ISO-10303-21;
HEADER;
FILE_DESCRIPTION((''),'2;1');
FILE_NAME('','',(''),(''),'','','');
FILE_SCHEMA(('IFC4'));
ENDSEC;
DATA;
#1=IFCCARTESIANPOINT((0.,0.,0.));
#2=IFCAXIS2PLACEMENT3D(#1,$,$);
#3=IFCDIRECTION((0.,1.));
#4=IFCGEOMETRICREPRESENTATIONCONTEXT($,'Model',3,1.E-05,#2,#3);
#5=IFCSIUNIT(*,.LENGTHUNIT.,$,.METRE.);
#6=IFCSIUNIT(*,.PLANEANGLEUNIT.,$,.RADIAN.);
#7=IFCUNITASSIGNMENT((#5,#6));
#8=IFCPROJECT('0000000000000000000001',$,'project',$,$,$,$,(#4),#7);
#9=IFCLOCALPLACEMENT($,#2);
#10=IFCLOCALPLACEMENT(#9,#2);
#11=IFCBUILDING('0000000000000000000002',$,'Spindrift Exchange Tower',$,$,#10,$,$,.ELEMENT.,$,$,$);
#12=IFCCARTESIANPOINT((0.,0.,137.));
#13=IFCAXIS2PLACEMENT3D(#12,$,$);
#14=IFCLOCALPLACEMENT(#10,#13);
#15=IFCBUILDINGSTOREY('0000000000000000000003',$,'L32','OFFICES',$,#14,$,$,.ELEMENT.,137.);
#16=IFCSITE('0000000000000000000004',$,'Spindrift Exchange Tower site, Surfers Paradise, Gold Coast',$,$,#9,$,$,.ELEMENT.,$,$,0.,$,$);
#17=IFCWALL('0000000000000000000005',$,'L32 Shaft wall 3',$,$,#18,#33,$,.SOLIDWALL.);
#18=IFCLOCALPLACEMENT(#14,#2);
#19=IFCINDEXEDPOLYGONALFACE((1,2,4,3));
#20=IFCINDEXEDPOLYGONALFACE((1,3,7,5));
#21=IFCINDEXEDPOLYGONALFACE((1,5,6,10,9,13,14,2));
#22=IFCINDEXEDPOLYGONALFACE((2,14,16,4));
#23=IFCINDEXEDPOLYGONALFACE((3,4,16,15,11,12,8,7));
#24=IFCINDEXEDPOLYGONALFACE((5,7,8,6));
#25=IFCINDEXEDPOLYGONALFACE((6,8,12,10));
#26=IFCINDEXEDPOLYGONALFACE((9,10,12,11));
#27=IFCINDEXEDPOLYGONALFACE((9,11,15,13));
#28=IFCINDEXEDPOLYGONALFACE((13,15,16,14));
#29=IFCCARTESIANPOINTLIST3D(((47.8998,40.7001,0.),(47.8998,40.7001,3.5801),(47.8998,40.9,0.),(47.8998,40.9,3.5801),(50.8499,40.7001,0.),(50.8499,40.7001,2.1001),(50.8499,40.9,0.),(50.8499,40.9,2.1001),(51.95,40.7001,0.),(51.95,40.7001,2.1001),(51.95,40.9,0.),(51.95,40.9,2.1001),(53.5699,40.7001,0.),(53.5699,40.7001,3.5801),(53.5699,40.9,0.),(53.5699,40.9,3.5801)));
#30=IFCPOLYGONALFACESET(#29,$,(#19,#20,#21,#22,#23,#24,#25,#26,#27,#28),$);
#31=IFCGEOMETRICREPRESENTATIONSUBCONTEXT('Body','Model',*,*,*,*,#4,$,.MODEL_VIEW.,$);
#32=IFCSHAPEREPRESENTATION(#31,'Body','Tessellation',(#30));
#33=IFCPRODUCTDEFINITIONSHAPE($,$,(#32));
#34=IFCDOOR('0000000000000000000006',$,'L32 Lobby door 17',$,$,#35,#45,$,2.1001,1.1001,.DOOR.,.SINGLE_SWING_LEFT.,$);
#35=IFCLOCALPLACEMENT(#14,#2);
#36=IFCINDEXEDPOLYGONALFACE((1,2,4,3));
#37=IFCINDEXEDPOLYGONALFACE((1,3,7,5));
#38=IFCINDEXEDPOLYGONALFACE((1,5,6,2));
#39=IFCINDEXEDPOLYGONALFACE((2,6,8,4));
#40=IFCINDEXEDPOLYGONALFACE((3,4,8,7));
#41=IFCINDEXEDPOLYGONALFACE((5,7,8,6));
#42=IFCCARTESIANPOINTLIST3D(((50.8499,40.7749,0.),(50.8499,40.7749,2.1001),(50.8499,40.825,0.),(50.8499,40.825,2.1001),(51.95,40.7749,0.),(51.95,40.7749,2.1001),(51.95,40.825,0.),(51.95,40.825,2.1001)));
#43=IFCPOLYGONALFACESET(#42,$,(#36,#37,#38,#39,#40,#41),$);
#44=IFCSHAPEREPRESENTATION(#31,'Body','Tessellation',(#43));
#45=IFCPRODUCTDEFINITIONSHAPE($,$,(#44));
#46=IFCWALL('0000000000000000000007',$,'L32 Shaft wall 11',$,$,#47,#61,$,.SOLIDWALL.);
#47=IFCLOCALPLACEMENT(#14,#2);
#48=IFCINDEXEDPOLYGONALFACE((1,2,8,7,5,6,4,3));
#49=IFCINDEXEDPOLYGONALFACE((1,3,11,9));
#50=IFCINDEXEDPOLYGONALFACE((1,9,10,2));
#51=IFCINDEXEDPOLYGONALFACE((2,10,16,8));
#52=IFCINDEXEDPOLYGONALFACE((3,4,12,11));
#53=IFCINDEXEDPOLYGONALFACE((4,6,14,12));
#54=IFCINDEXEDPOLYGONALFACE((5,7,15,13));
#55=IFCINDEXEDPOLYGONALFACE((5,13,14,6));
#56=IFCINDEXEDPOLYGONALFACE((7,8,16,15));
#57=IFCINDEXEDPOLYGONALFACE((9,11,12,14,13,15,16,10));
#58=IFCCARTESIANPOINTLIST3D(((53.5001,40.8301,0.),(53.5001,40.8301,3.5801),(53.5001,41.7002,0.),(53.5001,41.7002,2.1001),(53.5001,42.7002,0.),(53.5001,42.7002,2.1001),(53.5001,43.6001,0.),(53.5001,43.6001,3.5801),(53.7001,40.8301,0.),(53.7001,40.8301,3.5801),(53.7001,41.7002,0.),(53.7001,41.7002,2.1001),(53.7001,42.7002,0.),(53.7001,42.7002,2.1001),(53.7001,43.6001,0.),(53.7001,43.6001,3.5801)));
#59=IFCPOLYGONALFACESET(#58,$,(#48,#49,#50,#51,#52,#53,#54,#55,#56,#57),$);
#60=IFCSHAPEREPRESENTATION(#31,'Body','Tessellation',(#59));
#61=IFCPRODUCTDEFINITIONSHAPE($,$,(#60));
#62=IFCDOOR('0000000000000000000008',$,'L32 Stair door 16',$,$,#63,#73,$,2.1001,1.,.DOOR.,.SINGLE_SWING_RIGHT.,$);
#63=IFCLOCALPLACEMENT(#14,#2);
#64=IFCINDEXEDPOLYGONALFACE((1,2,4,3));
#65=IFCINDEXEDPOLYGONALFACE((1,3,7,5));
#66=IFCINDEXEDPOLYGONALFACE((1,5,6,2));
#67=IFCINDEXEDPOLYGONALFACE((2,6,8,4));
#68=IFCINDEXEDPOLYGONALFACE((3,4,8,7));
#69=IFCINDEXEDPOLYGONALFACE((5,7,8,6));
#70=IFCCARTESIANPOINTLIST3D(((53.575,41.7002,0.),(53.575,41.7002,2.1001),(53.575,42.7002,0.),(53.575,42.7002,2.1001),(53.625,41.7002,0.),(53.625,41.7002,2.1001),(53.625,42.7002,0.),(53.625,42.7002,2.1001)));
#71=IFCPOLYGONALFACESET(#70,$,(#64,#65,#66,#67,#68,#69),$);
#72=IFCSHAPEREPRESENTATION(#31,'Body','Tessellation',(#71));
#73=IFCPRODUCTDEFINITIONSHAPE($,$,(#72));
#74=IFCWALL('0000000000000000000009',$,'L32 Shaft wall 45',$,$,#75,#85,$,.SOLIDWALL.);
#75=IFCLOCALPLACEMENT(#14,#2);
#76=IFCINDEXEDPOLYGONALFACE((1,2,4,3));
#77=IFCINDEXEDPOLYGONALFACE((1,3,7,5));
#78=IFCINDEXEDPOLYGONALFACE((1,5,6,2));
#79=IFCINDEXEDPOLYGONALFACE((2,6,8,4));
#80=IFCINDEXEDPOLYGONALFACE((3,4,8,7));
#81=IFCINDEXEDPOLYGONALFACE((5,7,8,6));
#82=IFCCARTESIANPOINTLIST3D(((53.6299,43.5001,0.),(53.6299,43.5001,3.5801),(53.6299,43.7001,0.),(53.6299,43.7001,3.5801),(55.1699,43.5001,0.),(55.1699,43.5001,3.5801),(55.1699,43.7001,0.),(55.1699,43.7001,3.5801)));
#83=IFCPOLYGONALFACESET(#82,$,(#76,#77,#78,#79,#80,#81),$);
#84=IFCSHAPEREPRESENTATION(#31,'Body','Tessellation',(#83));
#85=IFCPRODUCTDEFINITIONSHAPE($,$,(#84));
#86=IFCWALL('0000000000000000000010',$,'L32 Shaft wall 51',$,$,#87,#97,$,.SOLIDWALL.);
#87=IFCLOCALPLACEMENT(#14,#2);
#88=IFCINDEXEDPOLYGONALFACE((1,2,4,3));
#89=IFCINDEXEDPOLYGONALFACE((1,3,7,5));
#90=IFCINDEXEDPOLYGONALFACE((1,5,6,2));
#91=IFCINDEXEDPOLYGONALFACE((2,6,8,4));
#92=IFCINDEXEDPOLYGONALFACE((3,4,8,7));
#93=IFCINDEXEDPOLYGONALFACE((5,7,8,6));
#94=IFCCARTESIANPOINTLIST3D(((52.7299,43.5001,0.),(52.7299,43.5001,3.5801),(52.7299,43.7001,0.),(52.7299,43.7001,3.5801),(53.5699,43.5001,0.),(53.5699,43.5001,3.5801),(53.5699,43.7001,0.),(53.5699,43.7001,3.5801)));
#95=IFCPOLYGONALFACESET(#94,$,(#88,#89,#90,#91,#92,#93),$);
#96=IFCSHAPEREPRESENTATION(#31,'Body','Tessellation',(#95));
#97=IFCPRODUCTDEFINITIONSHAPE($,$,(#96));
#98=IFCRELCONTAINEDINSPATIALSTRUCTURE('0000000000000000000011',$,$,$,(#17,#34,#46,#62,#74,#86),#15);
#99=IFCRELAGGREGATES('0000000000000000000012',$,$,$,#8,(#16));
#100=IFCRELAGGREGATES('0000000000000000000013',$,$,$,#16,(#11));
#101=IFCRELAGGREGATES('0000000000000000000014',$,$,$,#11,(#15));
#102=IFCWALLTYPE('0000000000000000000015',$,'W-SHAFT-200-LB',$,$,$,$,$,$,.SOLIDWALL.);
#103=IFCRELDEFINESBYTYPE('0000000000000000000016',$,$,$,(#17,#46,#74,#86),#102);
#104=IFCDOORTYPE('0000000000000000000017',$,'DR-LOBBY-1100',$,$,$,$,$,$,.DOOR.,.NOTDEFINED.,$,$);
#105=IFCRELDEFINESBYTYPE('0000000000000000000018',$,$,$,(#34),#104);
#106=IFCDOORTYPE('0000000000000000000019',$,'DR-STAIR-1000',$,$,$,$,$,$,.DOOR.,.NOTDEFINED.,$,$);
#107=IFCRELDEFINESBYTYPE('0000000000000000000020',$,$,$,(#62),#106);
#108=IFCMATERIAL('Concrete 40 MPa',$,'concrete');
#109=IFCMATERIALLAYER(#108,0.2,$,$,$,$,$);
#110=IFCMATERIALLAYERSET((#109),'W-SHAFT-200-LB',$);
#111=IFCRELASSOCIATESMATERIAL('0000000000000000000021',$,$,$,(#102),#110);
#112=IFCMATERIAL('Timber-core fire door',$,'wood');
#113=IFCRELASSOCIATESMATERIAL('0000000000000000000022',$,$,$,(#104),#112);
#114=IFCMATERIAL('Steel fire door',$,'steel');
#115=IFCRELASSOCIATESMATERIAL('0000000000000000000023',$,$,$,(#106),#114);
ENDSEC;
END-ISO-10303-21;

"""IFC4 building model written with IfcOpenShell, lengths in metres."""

from ifc_helpers import new_model, si_unit, direction, frame, frame_2d, origin, place, context, subcontext, project, spatial, rectangle, extrude, source, transform, mapped, material, layer, layer_set, type_object, element, fill, save


model = new_model("IFC4")

# Units and contexts
model_context = context("Model", 3, precision=1e-05, world=origin(), true_north=direction((0.0, 1.0)))
body_context = subcontext(model_context, "Body", "Model", "MODEL_VIEW")
ifc_project = project(units=[si_unit("LENGTHUNIT", "METRE"), si_unit("PLANEANGLEUNIT", "RADIAN")], contexts=[model_context])

# Site, building, storey
site_placement = place(None, origin())
site = spatial("IfcSite", under=ifc_project, at=site_placement, Name="Spindrift Exchange Tower site, Surfers Paradise, Gold Coast", CompositionType="ELEMENT", RefElevation=0.0)
building_placement = place(site_placement, origin())
building = spatial("IfcBuilding", under=site, at=building_placement, Name="Spindrift Exchange Tower", CompositionType="ELEMENT")
storey_placement = place(building_placement, frame((0.0, 0.0, 137.0)))
storey = spatial("IfcBuildingStorey", under=building, at=storey_placement, Name="L32", Description="OFFICES", CompositionType="ELEMENT", Elevation=137.0)

# Shared definitions
ifc_material_1 = material(Name="Concrete 40 MPa", Category="concrete")

# Walls, openings, doors
ifc_layer_1 = layer(ifc_material_1, 0.2)
ifc_layer_set_1 = layer_set([ifc_layer_1], Name="W-SHAFT-200-LB")
wall_type_1 = type_object("IfcWallType", Name="W-SHAFT-200-LB", PredefinedType="SOLIDWALL", material=ifc_layer_set_1)
ifc_material_2 = material(Name="Steel fire door", Category="steel")
wall_1_placement = place(storey_placement, frame((47.8999, 40.8, 0.0), z_axis=(0.0, 0.0, 1.0), x_axis=(1.0, 0.0, 0.0)))
wall_1 = element("IfcWall", 1, at=wall_1_placement, inside=storey, type_object=wall_type_1, Name="L32 Shaft wall 3", PredefinedType="SOLIDWALL", context=body_context, shape_type="SweptSolid", body=[
    extrude(rectangle(XDim=5.6702, YDim=0.2, at=frame_2d((2.835, 0.0))), origin(), (0.0, 0.0, 1.0), 3.5801),
])
opening_1_placement = place(wall_1_placement, frame((2.95, 0.0, 0.0)))
opening_1 = element("IfcOpeningElement", 2, at=opening_1_placement, cuts=wall_1, PredefinedType="OPENING", context=body_context, shape_type="SweptSolid", body=[
    extrude(rectangle(XDim=1.1001, YDim=2.1001, at=frame_2d((0.55, 1.05))), frame((0.0, 0.1099, 0.0), z_axis=(0.0, -1.0, 0.0), x_axis=(1.0, 0.0, 0.0)), (0.0, 0.0, 1.0), 0.22),
])
ifc_material_3 = material(Name="Timber-core fire door", Category="wood")
door_type_1 = type_object("IfcDoorType", Name="DR-LOBBY-1100", OperationType="NOTDEFINED", PredefinedType="DOOR", material=ifc_material_3)
shared_shape_1 = source(origin(), body_context, "Body", "SweptSolid", [
    extrude(rectangle(XDim=1.1001, YDim=2.1001, at=frame_2d((0.55, 1.05))), frame((0.0, 0.0249, 0.0), z_axis=(0.0, -1.0, 0.0), x_axis=(1.0, 0.0, 0.0)), (0.0, 0.0, 1.0), 0.05),
])
door_1_placement = place(opening_1_placement, origin())
door_1 = element("IfcDoor", 3, at=door_1_placement, inside=storey, type_object=door_type_1, Name="L32 Lobby door 17", OperationType="SINGLE_SWING_LEFT", OverallHeight=2.1001, OverallWidth=1.1001, PredefinedType="DOOR", context=body_context, shape_type="MappedRepresentation", body=[
    mapped(shared_shape_1, transform((0.0, 0.0, 0.0), scale=1.0)),
])
fill(opening_1, door_1)
wall_2_placement = place(storey_placement, frame((53.6001, 43.6001, 0.0), z_axis=(0.0, 0.0, 1.0), x_axis=(0.0, -1.0, 0.0)))
wall_2 = element("IfcWall", 4, at=wall_2_placement, inside=storey, type_object=wall_type_1, Name="L32 Shaft wall 11", PredefinedType="SOLIDWALL", context=body_context, shape_type="SweptSolid", body=[
    extrude(rectangle(XDim=2.77, YDim=0.2, at=frame_2d((1.385, 0.0))), origin(), (0.0, 0.0, 1.0), 3.5801),
])
opening_2_placement = place(wall_2_placement, frame((0.8999, 0.0, 0.0)))
opening_2 = element("IfcOpeningElement", 5, at=opening_2_placement, cuts=wall_2, PredefinedType="OPENING", context=body_context, shape_type="SweptSolid", body=[
    extrude(rectangle(XDim=1.0, YDim=2.1001, at=frame_2d((0.5, 1.05))), frame((0.0, 0.1099, 0.0), z_axis=(0.0, -1.0, 0.0), x_axis=(1.0, 0.0, 0.0)), (0.0, 0.0, 1.0), 0.22),
])
door_type_2 = type_object("IfcDoorType", Name="DR-STAIR-1000", OperationType="NOTDEFINED", PredefinedType="DOOR", material=ifc_material_2)
shared_shape_2 = source(origin(), body_context, "Body", "SweptSolid", [
    extrude(rectangle(XDim=1.0, YDim=2.1001, at=frame_2d((0.5, 1.05))), frame((0.0, 0.0249, 0.0), z_axis=(0.0, -1.0, 0.0), x_axis=(1.0, 0.0, 0.0)), (0.0, 0.0, 1.0), 0.05),
])
door_2_placement = place(opening_2_placement, origin())
door_2 = element("IfcDoor", 6, at=door_2_placement, inside=storey, type_object=door_type_2, Name="L32 Stair door 16", OperationType="SINGLE_SWING_RIGHT", OverallHeight=2.1001, OverallWidth=1.0, PredefinedType="DOOR", context=body_context, shape_type="MappedRepresentation", body=[
    mapped(shared_shape_2, transform((0.0, 0.0, 0.0), scale=1.0)),
])
fill(opening_2, door_2)

# Walls
wall_3_placement = place(storey_placement, frame((53.6299, 43.6001, 0.0), z_axis=(0.0, 0.0, 1.0), x_axis=(1.0, 0.0, 0.0)))
element("IfcWall", 7, at=wall_3_placement, inside=storey, type_object=wall_type_1, Name="L32 Shaft wall 45", PredefinedType="SOLIDWALL", context=body_context, shape_type="SweptSolid", body=[
    extrude(rectangle(XDim=1.54, YDim=0.2, at=frame_2d((0.77, 0.0))), origin(), (0.0, 0.0, 1.0), 3.5801),
])
wall_4_placement = place(storey_placement, frame((52.73, 43.6001, 0.0), z_axis=(0.0, 0.0, 1.0), x_axis=(1.0, 0.0, 0.0)))
element("IfcWall", 8, at=wall_4_placement, inside=storey, type_object=wall_type_1, Name="L32 Shaft wall 51", PredefinedType="SOLIDWALL", context=body_context, shape_type="SweptSolid", body=[
    extrude(rectangle(XDim=0.8401, YDim=0.2, at=frame_2d((0.4199, 0.0))), origin(), (0.0, 0.0, 1.0), 3.5801),
])

save(model, "model.ifc")
